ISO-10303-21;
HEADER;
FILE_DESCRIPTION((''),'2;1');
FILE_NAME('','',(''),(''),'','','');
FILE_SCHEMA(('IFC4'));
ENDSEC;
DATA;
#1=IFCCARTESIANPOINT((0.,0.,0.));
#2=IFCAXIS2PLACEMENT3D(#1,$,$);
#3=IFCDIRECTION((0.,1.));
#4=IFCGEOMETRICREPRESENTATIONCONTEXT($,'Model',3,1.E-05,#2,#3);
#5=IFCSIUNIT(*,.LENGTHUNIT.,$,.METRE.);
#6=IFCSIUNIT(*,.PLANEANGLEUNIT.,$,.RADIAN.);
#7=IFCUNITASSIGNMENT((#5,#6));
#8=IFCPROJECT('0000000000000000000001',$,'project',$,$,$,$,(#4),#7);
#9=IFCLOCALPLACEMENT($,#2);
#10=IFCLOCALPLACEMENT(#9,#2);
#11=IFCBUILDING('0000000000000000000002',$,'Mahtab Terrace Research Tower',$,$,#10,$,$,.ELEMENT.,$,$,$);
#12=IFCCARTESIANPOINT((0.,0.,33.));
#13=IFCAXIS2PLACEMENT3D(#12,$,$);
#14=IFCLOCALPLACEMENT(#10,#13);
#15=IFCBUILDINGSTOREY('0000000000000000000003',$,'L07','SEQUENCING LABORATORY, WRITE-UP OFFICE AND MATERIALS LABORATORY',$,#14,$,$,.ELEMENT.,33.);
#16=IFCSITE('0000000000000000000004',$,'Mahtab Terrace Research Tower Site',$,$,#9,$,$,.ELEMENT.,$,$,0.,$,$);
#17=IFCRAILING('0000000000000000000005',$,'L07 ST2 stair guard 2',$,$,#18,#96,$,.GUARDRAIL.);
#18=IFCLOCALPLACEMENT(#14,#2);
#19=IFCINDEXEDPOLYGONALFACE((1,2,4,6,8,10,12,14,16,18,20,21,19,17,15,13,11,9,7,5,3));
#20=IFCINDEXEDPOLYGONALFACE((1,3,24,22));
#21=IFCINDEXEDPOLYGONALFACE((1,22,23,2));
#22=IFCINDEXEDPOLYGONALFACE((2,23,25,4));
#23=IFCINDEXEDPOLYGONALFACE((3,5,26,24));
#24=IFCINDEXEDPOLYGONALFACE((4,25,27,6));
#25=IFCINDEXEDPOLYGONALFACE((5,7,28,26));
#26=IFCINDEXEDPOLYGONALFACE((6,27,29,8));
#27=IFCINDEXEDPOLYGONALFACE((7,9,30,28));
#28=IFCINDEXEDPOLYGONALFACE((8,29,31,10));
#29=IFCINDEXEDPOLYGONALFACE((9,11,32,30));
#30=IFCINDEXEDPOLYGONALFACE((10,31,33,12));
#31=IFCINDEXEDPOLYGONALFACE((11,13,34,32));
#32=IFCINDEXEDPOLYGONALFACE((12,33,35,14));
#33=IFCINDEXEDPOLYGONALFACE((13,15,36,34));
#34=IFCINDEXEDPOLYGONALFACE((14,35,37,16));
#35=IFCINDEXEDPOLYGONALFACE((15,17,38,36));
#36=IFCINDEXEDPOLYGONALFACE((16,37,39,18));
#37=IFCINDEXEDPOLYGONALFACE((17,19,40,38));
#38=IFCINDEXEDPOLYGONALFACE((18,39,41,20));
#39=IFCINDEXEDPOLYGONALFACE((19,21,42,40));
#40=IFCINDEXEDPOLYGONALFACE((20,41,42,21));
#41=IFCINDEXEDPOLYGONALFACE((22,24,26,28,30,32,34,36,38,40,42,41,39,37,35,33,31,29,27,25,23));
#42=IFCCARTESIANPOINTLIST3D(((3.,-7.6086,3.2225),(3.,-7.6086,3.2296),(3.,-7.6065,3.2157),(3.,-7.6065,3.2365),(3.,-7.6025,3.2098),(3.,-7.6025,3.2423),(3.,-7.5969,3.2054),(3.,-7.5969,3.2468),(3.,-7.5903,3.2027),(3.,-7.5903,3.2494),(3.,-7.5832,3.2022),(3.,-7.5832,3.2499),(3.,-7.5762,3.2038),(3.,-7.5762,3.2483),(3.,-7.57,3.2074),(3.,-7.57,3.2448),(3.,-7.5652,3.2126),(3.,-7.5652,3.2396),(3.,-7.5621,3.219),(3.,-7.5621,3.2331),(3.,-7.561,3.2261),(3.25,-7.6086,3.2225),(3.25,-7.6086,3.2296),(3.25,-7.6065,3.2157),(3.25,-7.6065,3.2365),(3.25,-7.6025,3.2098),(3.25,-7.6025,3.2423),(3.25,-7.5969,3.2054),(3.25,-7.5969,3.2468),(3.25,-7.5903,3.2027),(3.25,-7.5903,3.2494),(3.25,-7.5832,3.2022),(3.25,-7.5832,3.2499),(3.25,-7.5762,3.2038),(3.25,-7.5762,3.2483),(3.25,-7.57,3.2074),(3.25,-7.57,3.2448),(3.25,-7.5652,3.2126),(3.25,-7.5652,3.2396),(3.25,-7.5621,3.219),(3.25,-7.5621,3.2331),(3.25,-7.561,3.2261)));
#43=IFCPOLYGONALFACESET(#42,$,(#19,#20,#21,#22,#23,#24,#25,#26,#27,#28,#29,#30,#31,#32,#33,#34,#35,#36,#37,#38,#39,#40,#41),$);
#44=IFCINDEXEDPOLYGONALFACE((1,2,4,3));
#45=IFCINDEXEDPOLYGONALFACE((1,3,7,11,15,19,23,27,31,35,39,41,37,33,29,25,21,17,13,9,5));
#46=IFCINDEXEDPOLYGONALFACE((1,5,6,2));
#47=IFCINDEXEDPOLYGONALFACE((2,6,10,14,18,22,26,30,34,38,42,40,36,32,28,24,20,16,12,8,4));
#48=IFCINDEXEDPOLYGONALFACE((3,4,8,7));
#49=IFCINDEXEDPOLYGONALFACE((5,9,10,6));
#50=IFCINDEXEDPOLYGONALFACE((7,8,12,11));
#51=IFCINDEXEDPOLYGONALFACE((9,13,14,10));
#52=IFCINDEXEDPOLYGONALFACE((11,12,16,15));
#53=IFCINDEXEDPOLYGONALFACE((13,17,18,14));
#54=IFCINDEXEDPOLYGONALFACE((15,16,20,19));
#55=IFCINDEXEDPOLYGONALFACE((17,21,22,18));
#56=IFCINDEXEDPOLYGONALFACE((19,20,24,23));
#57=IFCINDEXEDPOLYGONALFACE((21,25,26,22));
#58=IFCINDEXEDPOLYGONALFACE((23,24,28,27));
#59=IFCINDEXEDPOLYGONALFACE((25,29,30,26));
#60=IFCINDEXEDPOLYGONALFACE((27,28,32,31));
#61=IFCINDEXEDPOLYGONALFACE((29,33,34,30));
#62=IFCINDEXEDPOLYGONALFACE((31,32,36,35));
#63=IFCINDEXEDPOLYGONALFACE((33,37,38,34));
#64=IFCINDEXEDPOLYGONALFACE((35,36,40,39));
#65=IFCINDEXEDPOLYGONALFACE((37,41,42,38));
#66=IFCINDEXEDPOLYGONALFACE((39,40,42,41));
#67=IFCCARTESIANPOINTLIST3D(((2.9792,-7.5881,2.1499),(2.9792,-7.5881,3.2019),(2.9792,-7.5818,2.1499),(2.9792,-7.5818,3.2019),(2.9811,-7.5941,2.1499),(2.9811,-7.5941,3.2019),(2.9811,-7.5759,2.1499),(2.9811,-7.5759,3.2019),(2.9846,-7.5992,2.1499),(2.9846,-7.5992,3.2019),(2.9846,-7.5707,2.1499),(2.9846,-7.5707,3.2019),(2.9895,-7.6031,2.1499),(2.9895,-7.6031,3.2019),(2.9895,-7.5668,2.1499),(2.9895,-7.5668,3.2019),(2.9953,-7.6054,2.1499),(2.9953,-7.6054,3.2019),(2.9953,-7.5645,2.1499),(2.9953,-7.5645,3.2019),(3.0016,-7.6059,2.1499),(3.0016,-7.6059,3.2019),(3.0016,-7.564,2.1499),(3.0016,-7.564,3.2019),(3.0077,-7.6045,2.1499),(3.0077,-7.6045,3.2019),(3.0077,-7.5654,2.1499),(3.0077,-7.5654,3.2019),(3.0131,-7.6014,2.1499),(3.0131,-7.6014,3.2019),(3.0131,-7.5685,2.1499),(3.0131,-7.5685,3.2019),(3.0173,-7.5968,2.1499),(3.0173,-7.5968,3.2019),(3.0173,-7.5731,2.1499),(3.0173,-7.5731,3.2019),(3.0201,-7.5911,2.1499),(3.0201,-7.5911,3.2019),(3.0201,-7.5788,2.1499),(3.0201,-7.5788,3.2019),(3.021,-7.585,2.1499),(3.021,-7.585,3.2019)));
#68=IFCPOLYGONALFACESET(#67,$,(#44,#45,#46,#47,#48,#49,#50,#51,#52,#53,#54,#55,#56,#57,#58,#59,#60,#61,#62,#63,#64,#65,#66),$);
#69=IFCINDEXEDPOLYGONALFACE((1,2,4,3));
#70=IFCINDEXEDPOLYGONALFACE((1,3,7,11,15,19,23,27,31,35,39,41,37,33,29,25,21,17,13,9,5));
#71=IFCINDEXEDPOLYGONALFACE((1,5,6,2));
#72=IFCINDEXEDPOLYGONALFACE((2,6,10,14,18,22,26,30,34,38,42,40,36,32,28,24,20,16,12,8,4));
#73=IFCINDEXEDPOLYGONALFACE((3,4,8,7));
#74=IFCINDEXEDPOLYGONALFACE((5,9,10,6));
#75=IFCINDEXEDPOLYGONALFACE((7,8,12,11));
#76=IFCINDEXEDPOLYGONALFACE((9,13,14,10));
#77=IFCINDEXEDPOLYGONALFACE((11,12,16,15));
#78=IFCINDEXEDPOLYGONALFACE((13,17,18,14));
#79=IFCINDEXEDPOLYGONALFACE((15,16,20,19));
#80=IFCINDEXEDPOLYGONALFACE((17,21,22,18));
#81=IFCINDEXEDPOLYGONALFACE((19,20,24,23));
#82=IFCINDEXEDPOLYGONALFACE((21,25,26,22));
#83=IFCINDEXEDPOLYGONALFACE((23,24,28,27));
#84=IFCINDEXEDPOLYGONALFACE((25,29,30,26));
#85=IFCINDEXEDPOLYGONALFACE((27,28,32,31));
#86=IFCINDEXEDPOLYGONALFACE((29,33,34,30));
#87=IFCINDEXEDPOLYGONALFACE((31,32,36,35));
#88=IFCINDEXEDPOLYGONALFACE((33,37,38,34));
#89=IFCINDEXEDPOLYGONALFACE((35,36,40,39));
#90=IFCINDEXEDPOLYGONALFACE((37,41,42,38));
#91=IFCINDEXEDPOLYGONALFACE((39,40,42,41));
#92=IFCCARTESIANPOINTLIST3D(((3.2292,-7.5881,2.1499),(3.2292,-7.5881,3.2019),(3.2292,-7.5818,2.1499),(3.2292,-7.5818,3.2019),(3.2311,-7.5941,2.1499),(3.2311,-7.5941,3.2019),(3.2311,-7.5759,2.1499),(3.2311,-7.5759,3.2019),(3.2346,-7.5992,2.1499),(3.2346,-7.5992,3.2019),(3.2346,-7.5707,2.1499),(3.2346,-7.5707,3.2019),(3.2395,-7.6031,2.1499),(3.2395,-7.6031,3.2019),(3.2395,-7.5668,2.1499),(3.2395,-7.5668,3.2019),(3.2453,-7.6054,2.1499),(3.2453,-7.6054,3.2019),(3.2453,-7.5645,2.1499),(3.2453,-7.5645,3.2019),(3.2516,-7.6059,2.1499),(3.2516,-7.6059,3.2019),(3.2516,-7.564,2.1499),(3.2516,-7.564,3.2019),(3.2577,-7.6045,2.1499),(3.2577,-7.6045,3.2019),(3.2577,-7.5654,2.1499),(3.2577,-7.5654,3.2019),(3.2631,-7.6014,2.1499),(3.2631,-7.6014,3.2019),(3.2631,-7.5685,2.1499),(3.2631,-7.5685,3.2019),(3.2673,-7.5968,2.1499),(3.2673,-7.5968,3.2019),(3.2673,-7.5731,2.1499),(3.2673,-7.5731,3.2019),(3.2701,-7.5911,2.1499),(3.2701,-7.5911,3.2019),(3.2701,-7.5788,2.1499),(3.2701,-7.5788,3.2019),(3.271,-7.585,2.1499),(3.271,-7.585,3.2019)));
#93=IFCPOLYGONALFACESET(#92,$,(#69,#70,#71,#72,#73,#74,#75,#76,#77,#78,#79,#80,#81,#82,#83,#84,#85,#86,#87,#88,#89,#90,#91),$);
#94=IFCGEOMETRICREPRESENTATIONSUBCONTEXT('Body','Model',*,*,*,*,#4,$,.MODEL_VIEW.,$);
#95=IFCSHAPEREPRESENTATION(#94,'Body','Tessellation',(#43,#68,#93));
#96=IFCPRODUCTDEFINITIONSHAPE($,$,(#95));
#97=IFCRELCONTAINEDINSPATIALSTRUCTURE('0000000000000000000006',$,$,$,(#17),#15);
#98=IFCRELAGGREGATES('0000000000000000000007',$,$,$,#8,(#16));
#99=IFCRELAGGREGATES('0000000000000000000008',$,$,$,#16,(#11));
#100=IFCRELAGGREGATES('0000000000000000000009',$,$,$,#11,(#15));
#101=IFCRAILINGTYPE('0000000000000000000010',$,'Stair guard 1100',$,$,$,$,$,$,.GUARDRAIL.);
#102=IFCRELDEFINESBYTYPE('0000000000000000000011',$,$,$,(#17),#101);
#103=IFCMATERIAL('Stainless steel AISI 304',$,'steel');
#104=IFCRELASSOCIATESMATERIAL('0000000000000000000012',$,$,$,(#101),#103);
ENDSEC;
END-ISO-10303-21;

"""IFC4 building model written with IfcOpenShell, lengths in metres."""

from ifc_helpers import new_model, si_unit, direction, frame, origin, origin_2d, place, context, subcontext, project, spatial, circle, extrude, material, type_object, element, save


model = new_model("IFC4")

# Units and contexts
model_context = context("Model", 3, precision=1e-05, world=origin(), true_north=direction((0.0, 1.0)))
body_context = subcontext(model_context, "Body", "Model", "MODEL_VIEW")
ifc_project = project(units=[si_unit("LENGTHUNIT", "METRE"), si_unit("PLANEANGLEUNIT", "RADIAN")], contexts=[model_context])

# Site, building, storey
site_placement = place(None, origin())
site = spatial("IfcSite", under=ifc_project, at=site_placement, Name="Mahtab Terrace Research Tower Site", CompositionType="ELEMENT", RefElevation=0.0)
building_placement = place(site_placement, origin())
building = spatial("IfcBuilding", under=site, at=building_placement, Name="Mahtab Terrace Research Tower", CompositionType="ELEMENT")
storey_placement = place(building_placement, frame((0.0, 0.0, 33.0)))
storey = spatial("IfcBuildingStorey", under=building, at=storey_placement, Name="L07", Description="SEQUENCING LABORATORY, WRITE-UP OFFICE AND MATERIALS LABORATORY", CompositionType="ELEMENT", Elevation=33.0)

# Railing
ifc_material_1 = material(Name="Stainless steel AISI 304", Category="steel")
railing_type_1 = type_object("IfcRailingType", Name="Stair guard 1100", PredefinedType="GUARDRAIL", material=ifc_material_1)
railing_1_placement = place(storey_placement, frame((3.0, -7.585, 2.1499)))
element("IfcRailing", 1, at=railing_1_placement, inside=storey, type_object=railing_type_1, Name="L07 ST2 stair guard 2", PredefinedType="GUARDRAIL", context=body_context, shape_type="SweptSolid", body=[
    extrude(circle(Radius=0.0239, at=origin_2d()), frame((0.0, 0.0, 1.0762), z_axis=(1.0, 0.0, 0.0), x_axis=(0.0, 1.0, 0.0)), (0.0, 0.0, 1.0), 0.25),
    extrude(circle(Radius=0.021, at=origin_2d()), origin(), (0.0, 0.0, 1.0), 1.052),
    extrude(circle(Radius=0.021, at=origin_2d()), frame((0.25, 0.0, 0.0)), (0.0, 0.0, 1.0), 1.052),
])

save(model, "model.ifc")
